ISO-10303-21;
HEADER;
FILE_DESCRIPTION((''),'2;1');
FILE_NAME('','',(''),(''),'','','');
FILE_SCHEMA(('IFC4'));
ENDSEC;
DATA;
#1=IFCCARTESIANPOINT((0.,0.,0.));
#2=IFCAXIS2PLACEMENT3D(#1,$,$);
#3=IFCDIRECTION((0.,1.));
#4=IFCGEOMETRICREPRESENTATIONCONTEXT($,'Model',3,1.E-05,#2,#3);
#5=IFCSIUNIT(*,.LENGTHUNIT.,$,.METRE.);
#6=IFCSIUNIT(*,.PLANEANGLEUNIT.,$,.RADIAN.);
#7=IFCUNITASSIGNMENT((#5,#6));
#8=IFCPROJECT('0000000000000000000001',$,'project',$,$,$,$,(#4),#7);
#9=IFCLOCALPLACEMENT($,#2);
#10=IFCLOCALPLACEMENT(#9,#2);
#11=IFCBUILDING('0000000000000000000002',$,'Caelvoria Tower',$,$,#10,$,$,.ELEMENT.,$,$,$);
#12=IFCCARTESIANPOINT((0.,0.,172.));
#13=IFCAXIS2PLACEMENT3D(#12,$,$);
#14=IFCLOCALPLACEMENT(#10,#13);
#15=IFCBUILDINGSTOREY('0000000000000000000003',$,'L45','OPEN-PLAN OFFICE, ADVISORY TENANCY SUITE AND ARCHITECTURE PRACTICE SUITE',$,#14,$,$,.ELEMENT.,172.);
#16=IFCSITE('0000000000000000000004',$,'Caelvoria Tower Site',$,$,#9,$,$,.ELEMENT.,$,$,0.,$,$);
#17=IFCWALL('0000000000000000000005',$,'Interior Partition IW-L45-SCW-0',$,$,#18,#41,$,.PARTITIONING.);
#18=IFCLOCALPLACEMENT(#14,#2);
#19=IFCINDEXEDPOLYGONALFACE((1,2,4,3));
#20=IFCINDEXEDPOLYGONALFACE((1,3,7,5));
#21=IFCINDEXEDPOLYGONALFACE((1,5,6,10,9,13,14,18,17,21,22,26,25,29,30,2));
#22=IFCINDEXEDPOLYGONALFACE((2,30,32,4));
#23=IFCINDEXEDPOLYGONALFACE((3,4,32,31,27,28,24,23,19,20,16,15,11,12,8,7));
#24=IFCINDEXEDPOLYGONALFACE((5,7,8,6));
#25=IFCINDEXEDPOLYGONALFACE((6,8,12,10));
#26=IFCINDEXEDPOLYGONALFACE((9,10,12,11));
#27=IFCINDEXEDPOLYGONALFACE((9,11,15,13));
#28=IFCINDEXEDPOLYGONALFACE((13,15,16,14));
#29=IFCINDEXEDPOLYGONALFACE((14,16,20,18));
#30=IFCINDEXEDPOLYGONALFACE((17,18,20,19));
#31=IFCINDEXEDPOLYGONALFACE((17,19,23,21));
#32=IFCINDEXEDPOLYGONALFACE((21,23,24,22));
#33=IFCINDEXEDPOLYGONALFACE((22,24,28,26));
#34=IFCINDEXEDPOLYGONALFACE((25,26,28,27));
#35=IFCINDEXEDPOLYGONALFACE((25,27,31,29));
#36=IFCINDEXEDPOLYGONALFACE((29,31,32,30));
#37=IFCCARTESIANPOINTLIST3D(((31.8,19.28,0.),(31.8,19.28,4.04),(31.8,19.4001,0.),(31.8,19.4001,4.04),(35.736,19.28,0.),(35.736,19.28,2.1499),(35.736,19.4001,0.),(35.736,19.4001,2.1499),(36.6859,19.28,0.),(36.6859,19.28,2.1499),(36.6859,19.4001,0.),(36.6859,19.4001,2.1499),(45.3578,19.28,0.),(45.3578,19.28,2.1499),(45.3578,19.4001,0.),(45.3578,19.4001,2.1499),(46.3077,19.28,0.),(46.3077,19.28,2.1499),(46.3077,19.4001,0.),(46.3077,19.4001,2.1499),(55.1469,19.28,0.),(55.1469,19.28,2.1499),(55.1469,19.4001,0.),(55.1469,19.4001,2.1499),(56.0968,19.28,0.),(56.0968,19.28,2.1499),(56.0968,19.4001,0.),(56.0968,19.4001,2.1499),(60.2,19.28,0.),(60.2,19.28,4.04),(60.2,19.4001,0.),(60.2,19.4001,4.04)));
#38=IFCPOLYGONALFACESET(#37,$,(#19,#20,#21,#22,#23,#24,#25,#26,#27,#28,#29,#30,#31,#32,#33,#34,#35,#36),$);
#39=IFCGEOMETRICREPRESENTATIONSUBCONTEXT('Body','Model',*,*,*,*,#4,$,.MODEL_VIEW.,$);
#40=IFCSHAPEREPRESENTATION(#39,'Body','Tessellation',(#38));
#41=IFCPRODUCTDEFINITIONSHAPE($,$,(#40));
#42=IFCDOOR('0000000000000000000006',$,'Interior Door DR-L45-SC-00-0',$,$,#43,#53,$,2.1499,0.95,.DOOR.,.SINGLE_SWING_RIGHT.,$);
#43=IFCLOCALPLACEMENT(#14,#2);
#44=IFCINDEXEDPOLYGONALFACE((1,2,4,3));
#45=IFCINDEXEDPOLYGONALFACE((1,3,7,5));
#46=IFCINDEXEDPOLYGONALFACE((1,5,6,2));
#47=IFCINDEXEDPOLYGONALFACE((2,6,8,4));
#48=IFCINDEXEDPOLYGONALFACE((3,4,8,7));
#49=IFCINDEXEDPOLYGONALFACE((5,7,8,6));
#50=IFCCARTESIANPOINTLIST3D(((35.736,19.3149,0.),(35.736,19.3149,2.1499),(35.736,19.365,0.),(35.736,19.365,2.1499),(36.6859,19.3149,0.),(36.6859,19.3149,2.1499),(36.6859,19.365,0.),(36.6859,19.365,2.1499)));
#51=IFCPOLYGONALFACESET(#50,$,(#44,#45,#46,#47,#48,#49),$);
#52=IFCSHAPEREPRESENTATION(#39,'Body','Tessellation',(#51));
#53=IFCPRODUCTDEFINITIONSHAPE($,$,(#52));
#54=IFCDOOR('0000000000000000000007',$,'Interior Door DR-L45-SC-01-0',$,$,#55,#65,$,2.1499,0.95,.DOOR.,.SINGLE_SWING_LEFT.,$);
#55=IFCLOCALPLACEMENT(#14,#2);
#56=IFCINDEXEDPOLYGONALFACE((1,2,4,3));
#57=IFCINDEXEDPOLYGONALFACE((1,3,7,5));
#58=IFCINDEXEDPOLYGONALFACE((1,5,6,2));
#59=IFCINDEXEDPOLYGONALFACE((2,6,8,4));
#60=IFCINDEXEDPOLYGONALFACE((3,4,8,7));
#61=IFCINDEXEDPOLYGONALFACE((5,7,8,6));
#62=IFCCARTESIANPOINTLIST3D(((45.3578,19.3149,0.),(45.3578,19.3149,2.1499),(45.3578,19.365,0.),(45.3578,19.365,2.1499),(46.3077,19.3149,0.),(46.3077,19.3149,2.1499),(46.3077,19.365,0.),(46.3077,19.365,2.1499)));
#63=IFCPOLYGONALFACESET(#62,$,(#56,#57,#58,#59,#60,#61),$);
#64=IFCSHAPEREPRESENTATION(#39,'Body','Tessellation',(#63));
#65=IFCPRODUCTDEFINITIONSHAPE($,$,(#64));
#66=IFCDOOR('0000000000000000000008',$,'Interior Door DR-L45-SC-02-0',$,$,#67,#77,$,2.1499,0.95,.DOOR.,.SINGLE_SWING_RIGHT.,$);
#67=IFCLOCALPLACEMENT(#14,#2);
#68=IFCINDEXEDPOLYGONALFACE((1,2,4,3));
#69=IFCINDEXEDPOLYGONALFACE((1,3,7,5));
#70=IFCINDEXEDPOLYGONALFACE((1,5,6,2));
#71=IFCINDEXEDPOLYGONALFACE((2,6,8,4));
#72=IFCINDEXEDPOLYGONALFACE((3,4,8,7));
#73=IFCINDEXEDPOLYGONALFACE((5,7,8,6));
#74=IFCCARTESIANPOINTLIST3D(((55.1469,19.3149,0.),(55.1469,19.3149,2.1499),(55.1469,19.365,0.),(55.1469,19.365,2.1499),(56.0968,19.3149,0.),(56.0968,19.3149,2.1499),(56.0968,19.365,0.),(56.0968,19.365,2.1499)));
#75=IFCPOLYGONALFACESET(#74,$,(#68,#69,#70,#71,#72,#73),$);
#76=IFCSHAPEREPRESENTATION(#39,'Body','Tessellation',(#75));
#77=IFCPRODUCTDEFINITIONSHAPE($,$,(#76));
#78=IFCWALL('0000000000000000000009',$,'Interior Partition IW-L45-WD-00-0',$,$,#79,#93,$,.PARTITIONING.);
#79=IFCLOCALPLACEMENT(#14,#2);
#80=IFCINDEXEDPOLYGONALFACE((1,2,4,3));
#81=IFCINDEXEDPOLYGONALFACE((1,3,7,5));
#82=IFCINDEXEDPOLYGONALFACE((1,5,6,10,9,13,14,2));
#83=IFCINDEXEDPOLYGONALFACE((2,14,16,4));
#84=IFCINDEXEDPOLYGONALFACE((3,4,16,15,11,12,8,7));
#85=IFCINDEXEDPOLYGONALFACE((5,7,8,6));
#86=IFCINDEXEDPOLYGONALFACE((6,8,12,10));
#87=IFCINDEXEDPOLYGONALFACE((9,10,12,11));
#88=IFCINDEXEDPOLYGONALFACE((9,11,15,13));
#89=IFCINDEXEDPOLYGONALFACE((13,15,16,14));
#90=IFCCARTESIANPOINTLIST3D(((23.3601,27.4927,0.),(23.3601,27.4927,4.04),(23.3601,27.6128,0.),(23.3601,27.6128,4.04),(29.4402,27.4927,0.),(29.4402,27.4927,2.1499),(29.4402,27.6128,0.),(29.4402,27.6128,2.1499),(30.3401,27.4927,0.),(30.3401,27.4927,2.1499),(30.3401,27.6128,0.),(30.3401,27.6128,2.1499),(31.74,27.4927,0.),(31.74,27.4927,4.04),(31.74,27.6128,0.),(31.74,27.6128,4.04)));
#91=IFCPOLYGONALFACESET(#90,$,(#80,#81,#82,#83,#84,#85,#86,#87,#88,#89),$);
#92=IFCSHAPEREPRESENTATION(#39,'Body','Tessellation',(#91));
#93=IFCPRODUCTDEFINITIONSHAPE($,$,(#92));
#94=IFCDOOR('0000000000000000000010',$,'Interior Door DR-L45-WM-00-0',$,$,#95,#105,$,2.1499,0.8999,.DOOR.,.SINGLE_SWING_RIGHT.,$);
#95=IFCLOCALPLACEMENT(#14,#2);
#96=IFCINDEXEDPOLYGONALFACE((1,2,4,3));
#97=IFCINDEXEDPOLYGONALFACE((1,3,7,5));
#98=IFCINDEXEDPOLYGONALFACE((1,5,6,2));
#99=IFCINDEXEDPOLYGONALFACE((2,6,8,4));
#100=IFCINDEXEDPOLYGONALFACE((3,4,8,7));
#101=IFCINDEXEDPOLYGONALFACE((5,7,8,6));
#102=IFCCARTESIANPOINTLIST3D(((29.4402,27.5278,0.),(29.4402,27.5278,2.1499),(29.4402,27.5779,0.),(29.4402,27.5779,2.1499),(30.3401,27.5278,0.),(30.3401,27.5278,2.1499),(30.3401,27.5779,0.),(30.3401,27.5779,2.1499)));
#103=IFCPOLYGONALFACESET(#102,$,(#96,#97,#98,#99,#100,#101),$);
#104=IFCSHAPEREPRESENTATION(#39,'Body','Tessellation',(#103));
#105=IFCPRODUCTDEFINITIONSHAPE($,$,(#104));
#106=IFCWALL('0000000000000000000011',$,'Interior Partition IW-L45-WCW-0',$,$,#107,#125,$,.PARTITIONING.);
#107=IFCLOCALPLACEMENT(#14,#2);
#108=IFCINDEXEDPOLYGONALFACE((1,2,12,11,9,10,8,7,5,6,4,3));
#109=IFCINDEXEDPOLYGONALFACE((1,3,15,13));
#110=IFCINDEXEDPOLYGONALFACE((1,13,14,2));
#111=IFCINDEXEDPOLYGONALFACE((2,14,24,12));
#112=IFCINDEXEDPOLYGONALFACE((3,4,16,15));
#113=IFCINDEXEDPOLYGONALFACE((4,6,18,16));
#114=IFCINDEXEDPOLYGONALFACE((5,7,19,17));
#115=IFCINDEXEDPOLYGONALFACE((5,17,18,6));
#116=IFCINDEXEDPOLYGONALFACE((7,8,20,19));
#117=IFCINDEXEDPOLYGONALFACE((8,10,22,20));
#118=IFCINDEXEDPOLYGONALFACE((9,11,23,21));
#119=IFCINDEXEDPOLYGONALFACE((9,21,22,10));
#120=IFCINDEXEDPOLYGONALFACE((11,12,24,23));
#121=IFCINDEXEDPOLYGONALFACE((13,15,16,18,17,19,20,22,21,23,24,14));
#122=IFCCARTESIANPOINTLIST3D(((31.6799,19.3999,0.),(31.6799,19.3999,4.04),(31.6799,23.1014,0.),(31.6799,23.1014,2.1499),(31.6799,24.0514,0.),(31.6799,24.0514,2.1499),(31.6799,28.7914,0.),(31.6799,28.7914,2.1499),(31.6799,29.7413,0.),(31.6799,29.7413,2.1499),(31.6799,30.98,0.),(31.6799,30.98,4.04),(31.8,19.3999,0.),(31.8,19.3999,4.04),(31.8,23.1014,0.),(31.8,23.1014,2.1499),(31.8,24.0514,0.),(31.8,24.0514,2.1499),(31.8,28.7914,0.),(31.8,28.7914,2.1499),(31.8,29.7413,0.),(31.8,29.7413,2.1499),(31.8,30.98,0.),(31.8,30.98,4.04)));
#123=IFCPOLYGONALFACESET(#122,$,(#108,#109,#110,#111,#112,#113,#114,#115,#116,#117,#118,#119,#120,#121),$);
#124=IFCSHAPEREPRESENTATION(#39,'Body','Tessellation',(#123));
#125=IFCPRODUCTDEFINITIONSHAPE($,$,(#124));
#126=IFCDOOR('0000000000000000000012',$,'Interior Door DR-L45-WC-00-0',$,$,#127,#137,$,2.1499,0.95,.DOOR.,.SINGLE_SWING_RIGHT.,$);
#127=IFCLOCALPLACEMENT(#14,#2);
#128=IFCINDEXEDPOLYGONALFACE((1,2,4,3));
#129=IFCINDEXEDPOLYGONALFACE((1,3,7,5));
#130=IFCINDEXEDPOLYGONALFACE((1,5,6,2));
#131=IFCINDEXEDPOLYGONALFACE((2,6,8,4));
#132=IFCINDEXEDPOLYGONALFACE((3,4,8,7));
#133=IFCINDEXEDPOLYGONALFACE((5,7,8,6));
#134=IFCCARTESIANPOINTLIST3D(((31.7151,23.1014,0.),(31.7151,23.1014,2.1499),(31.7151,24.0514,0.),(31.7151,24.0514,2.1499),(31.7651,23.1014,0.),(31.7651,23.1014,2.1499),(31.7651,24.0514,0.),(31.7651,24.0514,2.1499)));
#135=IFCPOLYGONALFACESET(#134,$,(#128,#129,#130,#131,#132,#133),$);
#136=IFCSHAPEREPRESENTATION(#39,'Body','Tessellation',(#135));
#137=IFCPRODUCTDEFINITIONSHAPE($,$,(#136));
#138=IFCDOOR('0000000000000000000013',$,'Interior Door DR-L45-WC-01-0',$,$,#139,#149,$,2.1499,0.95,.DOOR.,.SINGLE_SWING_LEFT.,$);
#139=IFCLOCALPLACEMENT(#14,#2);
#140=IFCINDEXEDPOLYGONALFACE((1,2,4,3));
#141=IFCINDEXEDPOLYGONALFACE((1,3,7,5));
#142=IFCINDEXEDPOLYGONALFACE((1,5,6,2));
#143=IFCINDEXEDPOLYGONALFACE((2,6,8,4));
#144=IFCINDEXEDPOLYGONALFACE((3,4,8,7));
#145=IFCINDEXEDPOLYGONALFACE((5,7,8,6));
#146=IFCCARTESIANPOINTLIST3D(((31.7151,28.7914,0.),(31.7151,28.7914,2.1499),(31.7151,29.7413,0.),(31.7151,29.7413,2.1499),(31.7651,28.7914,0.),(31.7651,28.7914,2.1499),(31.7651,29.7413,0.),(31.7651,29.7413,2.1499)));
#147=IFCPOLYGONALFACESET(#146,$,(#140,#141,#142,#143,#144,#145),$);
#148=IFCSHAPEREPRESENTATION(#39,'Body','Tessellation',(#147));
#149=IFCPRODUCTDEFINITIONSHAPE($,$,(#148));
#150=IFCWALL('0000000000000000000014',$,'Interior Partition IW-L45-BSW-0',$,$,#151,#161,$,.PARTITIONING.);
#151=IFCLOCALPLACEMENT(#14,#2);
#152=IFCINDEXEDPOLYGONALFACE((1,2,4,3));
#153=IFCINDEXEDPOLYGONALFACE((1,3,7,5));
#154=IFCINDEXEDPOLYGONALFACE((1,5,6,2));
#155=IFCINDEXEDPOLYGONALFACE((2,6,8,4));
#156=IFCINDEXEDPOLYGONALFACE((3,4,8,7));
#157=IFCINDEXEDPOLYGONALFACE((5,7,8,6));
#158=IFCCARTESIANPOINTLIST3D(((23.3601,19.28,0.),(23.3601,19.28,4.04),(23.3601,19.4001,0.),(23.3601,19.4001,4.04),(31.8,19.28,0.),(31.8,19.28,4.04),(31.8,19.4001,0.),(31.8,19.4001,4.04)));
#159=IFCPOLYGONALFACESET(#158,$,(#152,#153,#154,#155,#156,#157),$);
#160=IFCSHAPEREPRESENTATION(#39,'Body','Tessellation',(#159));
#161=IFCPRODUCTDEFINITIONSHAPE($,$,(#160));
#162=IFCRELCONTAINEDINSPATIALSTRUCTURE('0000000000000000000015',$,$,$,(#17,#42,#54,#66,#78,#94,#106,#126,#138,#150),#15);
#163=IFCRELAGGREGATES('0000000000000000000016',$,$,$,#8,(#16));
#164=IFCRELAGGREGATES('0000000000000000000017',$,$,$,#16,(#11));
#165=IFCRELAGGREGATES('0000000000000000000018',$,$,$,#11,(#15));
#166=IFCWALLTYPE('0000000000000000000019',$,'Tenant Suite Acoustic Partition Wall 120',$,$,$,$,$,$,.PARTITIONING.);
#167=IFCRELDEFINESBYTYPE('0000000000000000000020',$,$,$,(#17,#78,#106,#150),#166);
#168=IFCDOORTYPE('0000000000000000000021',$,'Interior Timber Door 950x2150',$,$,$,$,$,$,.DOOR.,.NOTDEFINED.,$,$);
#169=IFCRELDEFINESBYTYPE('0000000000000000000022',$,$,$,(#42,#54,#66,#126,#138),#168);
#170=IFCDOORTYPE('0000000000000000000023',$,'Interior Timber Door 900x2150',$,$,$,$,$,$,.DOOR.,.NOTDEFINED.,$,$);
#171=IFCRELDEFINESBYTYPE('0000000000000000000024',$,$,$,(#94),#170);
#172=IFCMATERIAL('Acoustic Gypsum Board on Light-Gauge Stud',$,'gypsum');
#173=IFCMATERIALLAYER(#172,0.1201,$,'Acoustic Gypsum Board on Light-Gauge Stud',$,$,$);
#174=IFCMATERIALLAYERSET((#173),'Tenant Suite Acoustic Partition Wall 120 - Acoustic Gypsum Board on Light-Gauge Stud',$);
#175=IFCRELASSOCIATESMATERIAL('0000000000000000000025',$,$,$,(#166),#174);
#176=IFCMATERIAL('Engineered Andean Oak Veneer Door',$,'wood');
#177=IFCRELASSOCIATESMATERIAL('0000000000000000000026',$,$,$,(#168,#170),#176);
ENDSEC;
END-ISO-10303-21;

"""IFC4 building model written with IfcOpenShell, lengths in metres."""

from ifc_helpers import new_model, si_unit, direction, frame, frame_2d, origin, place, context, subcontext, project, spatial, rectangle, extrude, material, layer, layer_set, type_object, element, fill, save


model = new_model("IFC4")

# Units and contexts
model_context = context("Model", 3, precision=1e-05, world=origin(), true_north=direction((0.0, 1.0)))
body_context = subcontext(model_context, "Body", "Model", "MODEL_VIEW")
ifc_project = project(units=[si_unit("LENGTHUNIT", "METRE"), si_unit("PLANEANGLEUNIT", "RADIAN")], contexts=[model_context])

# Site, building, storey
site_placement = place(None, origin())
site = spatial("IfcSite", under=ifc_project, at=site_placement, Name="Caelvoria Tower Site", CompositionType="ELEMENT", RefElevation=0.0)
building_placement = place(site_placement, origin())
building = spatial("IfcBuilding", under=site, at=building_placement, Name="Caelvoria Tower", CompositionType="ELEMENT")
storey_placement = place(building_placement, frame((0.0, 0.0, 172.0)))
storey = spatial("IfcBuildingStorey", under=building, at=storey_placement, Name="L45", Description="OPEN-PLAN OFFICE, ADVISORY TENANCY SUITE AND ARCHITECTURE PRACTICE SUITE", CompositionType="ELEMENT", Elevation=172.0)

# Wall, openings, doors
ifc_material_1 = material(Name="Acoustic Gypsum Board on Light-Gauge Stud", Category="gypsum")
ifc_layer_1 = layer(ifc_material_1, 0.1201, Name="Acoustic Gypsum Board on Light-Gauge Stud")
ifc_layer_set_1 = layer_set([ifc_layer_1], Name="Tenant Suite Acoustic Partition Wall 120 - Acoustic Gypsum Board on Light-Gauge Stud")
wall_type_1 = type_object("IfcWallType", Name="Tenant Suite Acoustic Partition Wall 120", PredefinedType="PARTITIONING", material=ifc_layer_set_1)
wall_1_placement = place(storey_placement, frame((31.8, 19.3401, 0.0), z_axis=(0.0, 0.0, 1.0), x_axis=(1.0, 0.0, 0.0)))
wall_1 = element("IfcWall", 1, at=wall_1_placement, inside=storey, type_object=wall_type_1, Name="Interior Partition IW-L45-SCW-0", PredefinedType="PARTITIONING", context=body_context, shape_type="SweptSolid", body=[
    extrude(rectangle(XDim=28.3999, YDim=0.1201, at=frame_2d((14.2, 0.0))), origin(), (0.0, 0.0, 1.0), 4.04),
])
opening_1_placement = place(wall_1_placement, frame((3.9358, 0.0, 0.0)))
opening_1 = element("IfcOpeningElement", 2, at=opening_1_placement, cuts=wall_1, PredefinedType="OPENING", context=body_context, shape_type="SweptSolid", body=[
    extrude(rectangle(XDim=0.95, YDim=2.1499, at=frame_2d((0.4751, 1.075))), frame((0.0, 0.0701, 0.0), z_axis=(0.0, -1.0, 0.0), x_axis=(1.0, 0.0, 0.0)), (0.0, 0.0, 1.0), 0.1401),
])
opening_2_placement = place(wall_1_placement, frame((13.5576, 0.0, 0.0)))
opening_2 = element("IfcOpeningElement", 3, at=opening_2_placement, cuts=wall_1, PredefinedType="OPENING", context=body_context, shape_type="SweptSolid", body=[
    extrude(rectangle(XDim=0.95, YDim=2.1499, at=frame_2d((0.4751, 1.075))), frame((0.0, 0.0701, 0.0), z_axis=(0.0, -1.0, 0.0), x_axis=(1.0, 0.0, 0.0)), (0.0, 0.0, 1.0), 0.1401),
])
opening_3_placement = place(wall_1_placement, frame((23.3467, 0.0, 0.0)))
opening_3 = element("IfcOpeningElement", 4, at=opening_3_placement, cuts=wall_1, PredefinedType="OPENING", context=body_context, shape_type="SweptSolid", body=[
    extrude(rectangle(XDim=0.95, YDim=2.1499, at=frame_2d((0.4751, 1.075))), frame((0.0, 0.0701, 0.0), z_axis=(0.0, -1.0, 0.0), x_axis=(1.0, 0.0, 0.0)), (0.0, 0.0, 1.0), 0.1401),
])
ifc_material_2 = material(Name="Engineered Andean Oak Veneer Door", Category="wood")
door_type_1 = type_object("IfcDoorType", Name="Interior Timber Door 950x2150", OperationType="NOTDEFINED", PredefinedType="DOOR", material=ifc_material_2)
door_1_placement = place(opening_1_placement, origin())
door_1 = element("IfcDoor", 5, at=door_1_placement, inside=storey, type_object=door_type_1, Name="Interior Door DR-L45-SC-00-0", OperationType="SINGLE_SWING_RIGHT", OverallHeight=2.1499, OverallWidth=0.95, PredefinedType="DOOR", context=body_context, shape_type="SweptSolid", body=[
    extrude(rectangle(XDim=0.95, YDim=2.1499, at=frame_2d((0.4751, 1.075))), frame((0.0, 0.0249, 0.0), z_axis=(0.0, -1.0, 0.0), x_axis=(1.0, 0.0, 0.0)), (0.0, 0.0, 1.0), 0.05),
])
fill(opening_1, door_1)
door_2_placement = place(opening_2_placement, origin())
door_2 = element("IfcDoor", 6, at=door_2_placement, inside=storey, type_object=door_type_1, Name="Interior Door DR-L45-SC-01-0", OperationType="SINGLE_SWING_LEFT", OverallHeight=2.1499, OverallWidth=0.95, PredefinedType="DOOR", context=body_context, shape_type="SweptSolid", body=[
    extrude(rectangle(XDim=0.95, YDim=2.1499, at=frame_2d((0.4751, 1.075))), frame((0.0, 0.0249, 0.0), z_axis=(0.0, -1.0, 0.0), x_axis=(1.0, 0.0, 0.0)), (0.0, 0.0, 1.0), 0.05),
])
fill(opening_2, door_2)
door_3_placement = place(opening_3_placement, origin())
door_3 = element("IfcDoor", 7, at=door_3_placement, inside=storey, type_object=door_type_1, Name="Interior Door DR-L45-SC-02-0", OperationType="SINGLE_SWING_RIGHT", OverallHeight=2.1499, OverallWidth=0.95, PredefinedType="DOOR", context=body_context, shape_type="SweptSolid", body=[
    extrude(rectangle(XDim=0.95, YDim=2.1499, at=frame_2d((0.4751, 1.075))), frame((0.0, 0.0249, 0.0), z_axis=(0.0, -1.0, 0.0), x_axis=(1.0, 0.0, 0.0)), (0.0, 0.0, 1.0), 0.05),
])
fill(opening_3, door_3)

# Wall, opening, door
wall_2_placement = place(storey_placement, frame((31.74, 27.5527, 0.0), z_axis=(0.0, 0.0, 1.0), x_axis=(-1.0, 0.0, 0.0)))
wall_2 = element("IfcWall", 8, at=wall_2_placement, inside=storey, type_object=wall_type_1, Name="Interior Partition IW-L45-WD-00-0", PredefinedType="PARTITIONING", context=body_context, shape_type="SweptSolid", body=[
    extrude(rectangle(XDim=8.3799, YDim=0.1201, at=frame_2d((4.1899, 0.0))), origin(), (0.0, 0.0, 1.0), 4.04),
])
opening_4_placement = place(wall_2_placement, frame((1.3999, 0.0, 0.0)))
opening_4 = element("IfcOpeningElement", 9, at=opening_4_placement, cuts=wall_2, PredefinedType="OPENING", context=body_context, shape_type="SweptSolid", body=[
    extrude(rectangle(XDim=0.8999, YDim=2.1499, at=frame_2d((0.45, 1.075))), frame((0.0, 0.0701, 0.0), z_axis=(0.0, -1.0, 0.0), x_axis=(1.0, 0.0, 0.0)), (0.0, 0.0, 1.0), 0.1401),
])
door_type_2 = type_object("IfcDoorType", Name="Interior Timber Door 900x2150", OperationType="NOTDEFINED", PredefinedType="DOOR", material=ifc_material_2)
door_4_placement = place(opening_4_placement, origin())
door_4 = element("IfcDoor", 10, at=door_4_placement, inside=storey, type_object=door_type_2, Name="Interior Door DR-L45-WM-00-0", OperationType="SINGLE_SWING_RIGHT", OverallHeight=2.1499, OverallWidth=0.8999, PredefinedType="DOOR", context=body_context, shape_type="SweptSolid", body=[
    extrude(rectangle(XDim=0.8999, YDim=2.1499, at=frame_2d((0.45, 1.075))), frame((0.0, 0.0249, 0.0), z_axis=(0.0, -1.0, 0.0), x_axis=(1.0, 0.0, 0.0)), (0.0, 0.0, 1.0), 0.05),
])
fill(opening_4, door_4)

# Wall, openings, doors
wall_3_placement = place(storey_placement, frame((31.74, 19.3999, 0.0), z_axis=(0.0, 0.0, 1.0), x_axis=(0.0, 1.0, 0.0)))
wall_3 = element("IfcWall", 11, at=wall_3_placement, inside=storey, type_object=wall_type_1, Name="Interior Partition IW-L45-WCW-0", PredefinedType="PARTITIONING", context=body_context, shape_type="SweptSolid", body=[
    extrude(rectangle(XDim=11.5801, YDim=0.1201, at=frame_2d((5.79, 0.0))), origin(), (0.0, 0.0, 1.0), 4.04),
])
opening_5_placement = place(wall_3_placement, frame((3.7014, 0.0, 0.0)))
opening_5 = element("IfcOpeningElement", 12, at=opening_5_placement, cuts=wall_3, PredefinedType="OPENING", context=body_context, shape_type="SweptSolid", body=[
    extrude(rectangle(XDim=0.95, YDim=2.1499, at=frame_2d((0.4751, 1.075))), frame((0.0, 0.0701, 0.0), z_axis=(0.0, -1.0, 0.0), x_axis=(1.0, 0.0, 0.0)), (0.0, 0.0, 1.0), 0.1401),
])
opening_6_placement = place(wall_3_placement, frame((9.3914, 0.0, 0.0)))
opening_6 = element("IfcOpeningElement", 13, at=opening_6_placement, cuts=wall_3, PredefinedType="OPENING", context=body_context, shape_type="SweptSolid", body=[
    extrude(rectangle(XDim=0.95, YDim=2.1499, at=frame_2d((0.4751, 1.075))), frame((0.0, 0.0701, 0.0), z_axis=(0.0, -1.0, 0.0), x_axis=(1.0, 0.0, 0.0)), (0.0, 0.0, 1.0), 0.1401),
])
door_5_placement = place(opening_5_placement, origin())
door_5 = element("IfcDoor", 14, at=door_5_placement, inside=storey, type_object=door_type_1, Name="Interior Door DR-L45-WC-00-0", OperationType="SINGLE_SWING_RIGHT", OverallHeight=2.1499, OverallWidth=0.95, PredefinedType="DOOR", context=body_context, shape_type="SweptSolid", body=[
    extrude(rectangle(XDim=0.95, YDim=2.1499, at=frame_2d((0.4751, 1.075))), frame((0.0, 0.0249, 0.0), z_axis=(0.0, -1.0, 0.0), x_axis=(1.0, 0.0, 0.0)), (0.0, 0.0, 1.0), 0.05),
])
fill(opening_5, door_5)
door_6_placement = place(opening_6_placement, origin())
door_6 = element("IfcDoor", 15, at=door_6_placement, inside=storey, type_object=door_type_1, Name="Interior Door DR-L45-WC-01-0", OperationType="SINGLE_SWING_LEFT", OverallHeight=2.1499, OverallWidth=0.95, PredefinedType="DOOR", context=body_context, shape_type="SweptSolid", body=[
    extrude(rectangle(XDim=0.95, YDim=2.1499, at=frame_2d((0.4751, 1.075))), frame((0.0, 0.0249, 0.0), z_axis=(0.0, -1.0, 0.0), x_axis=(1.0, 0.0, 0.0)), (0.0, 0.0, 1.0), 0.05),
])
fill(opening_6, door_6)

# Wall
wall_4_placement = place(storey_placement, frame((31.8, 19.3401, 0.0), z_axis=(0.0, 0.0, 1.0), x_axis=(-1.0, 0.0, 0.0)))
element("IfcWall", 16, at=wall_4_placement, inside=storey, type_object=wall_type_1, Name="Interior Partition IW-L45-BSW-0", PredefinedType="PARTITIONING", context=body_context, shape_type="SweptSolid", body=[
    extrude(rectangle(XDim=8.4399, YDim=0.1201, at=frame_2d((4.22, 0.0))), origin(), (0.0, 0.0, 1.0), 4.04),
])

save(model, "model.ifc")
